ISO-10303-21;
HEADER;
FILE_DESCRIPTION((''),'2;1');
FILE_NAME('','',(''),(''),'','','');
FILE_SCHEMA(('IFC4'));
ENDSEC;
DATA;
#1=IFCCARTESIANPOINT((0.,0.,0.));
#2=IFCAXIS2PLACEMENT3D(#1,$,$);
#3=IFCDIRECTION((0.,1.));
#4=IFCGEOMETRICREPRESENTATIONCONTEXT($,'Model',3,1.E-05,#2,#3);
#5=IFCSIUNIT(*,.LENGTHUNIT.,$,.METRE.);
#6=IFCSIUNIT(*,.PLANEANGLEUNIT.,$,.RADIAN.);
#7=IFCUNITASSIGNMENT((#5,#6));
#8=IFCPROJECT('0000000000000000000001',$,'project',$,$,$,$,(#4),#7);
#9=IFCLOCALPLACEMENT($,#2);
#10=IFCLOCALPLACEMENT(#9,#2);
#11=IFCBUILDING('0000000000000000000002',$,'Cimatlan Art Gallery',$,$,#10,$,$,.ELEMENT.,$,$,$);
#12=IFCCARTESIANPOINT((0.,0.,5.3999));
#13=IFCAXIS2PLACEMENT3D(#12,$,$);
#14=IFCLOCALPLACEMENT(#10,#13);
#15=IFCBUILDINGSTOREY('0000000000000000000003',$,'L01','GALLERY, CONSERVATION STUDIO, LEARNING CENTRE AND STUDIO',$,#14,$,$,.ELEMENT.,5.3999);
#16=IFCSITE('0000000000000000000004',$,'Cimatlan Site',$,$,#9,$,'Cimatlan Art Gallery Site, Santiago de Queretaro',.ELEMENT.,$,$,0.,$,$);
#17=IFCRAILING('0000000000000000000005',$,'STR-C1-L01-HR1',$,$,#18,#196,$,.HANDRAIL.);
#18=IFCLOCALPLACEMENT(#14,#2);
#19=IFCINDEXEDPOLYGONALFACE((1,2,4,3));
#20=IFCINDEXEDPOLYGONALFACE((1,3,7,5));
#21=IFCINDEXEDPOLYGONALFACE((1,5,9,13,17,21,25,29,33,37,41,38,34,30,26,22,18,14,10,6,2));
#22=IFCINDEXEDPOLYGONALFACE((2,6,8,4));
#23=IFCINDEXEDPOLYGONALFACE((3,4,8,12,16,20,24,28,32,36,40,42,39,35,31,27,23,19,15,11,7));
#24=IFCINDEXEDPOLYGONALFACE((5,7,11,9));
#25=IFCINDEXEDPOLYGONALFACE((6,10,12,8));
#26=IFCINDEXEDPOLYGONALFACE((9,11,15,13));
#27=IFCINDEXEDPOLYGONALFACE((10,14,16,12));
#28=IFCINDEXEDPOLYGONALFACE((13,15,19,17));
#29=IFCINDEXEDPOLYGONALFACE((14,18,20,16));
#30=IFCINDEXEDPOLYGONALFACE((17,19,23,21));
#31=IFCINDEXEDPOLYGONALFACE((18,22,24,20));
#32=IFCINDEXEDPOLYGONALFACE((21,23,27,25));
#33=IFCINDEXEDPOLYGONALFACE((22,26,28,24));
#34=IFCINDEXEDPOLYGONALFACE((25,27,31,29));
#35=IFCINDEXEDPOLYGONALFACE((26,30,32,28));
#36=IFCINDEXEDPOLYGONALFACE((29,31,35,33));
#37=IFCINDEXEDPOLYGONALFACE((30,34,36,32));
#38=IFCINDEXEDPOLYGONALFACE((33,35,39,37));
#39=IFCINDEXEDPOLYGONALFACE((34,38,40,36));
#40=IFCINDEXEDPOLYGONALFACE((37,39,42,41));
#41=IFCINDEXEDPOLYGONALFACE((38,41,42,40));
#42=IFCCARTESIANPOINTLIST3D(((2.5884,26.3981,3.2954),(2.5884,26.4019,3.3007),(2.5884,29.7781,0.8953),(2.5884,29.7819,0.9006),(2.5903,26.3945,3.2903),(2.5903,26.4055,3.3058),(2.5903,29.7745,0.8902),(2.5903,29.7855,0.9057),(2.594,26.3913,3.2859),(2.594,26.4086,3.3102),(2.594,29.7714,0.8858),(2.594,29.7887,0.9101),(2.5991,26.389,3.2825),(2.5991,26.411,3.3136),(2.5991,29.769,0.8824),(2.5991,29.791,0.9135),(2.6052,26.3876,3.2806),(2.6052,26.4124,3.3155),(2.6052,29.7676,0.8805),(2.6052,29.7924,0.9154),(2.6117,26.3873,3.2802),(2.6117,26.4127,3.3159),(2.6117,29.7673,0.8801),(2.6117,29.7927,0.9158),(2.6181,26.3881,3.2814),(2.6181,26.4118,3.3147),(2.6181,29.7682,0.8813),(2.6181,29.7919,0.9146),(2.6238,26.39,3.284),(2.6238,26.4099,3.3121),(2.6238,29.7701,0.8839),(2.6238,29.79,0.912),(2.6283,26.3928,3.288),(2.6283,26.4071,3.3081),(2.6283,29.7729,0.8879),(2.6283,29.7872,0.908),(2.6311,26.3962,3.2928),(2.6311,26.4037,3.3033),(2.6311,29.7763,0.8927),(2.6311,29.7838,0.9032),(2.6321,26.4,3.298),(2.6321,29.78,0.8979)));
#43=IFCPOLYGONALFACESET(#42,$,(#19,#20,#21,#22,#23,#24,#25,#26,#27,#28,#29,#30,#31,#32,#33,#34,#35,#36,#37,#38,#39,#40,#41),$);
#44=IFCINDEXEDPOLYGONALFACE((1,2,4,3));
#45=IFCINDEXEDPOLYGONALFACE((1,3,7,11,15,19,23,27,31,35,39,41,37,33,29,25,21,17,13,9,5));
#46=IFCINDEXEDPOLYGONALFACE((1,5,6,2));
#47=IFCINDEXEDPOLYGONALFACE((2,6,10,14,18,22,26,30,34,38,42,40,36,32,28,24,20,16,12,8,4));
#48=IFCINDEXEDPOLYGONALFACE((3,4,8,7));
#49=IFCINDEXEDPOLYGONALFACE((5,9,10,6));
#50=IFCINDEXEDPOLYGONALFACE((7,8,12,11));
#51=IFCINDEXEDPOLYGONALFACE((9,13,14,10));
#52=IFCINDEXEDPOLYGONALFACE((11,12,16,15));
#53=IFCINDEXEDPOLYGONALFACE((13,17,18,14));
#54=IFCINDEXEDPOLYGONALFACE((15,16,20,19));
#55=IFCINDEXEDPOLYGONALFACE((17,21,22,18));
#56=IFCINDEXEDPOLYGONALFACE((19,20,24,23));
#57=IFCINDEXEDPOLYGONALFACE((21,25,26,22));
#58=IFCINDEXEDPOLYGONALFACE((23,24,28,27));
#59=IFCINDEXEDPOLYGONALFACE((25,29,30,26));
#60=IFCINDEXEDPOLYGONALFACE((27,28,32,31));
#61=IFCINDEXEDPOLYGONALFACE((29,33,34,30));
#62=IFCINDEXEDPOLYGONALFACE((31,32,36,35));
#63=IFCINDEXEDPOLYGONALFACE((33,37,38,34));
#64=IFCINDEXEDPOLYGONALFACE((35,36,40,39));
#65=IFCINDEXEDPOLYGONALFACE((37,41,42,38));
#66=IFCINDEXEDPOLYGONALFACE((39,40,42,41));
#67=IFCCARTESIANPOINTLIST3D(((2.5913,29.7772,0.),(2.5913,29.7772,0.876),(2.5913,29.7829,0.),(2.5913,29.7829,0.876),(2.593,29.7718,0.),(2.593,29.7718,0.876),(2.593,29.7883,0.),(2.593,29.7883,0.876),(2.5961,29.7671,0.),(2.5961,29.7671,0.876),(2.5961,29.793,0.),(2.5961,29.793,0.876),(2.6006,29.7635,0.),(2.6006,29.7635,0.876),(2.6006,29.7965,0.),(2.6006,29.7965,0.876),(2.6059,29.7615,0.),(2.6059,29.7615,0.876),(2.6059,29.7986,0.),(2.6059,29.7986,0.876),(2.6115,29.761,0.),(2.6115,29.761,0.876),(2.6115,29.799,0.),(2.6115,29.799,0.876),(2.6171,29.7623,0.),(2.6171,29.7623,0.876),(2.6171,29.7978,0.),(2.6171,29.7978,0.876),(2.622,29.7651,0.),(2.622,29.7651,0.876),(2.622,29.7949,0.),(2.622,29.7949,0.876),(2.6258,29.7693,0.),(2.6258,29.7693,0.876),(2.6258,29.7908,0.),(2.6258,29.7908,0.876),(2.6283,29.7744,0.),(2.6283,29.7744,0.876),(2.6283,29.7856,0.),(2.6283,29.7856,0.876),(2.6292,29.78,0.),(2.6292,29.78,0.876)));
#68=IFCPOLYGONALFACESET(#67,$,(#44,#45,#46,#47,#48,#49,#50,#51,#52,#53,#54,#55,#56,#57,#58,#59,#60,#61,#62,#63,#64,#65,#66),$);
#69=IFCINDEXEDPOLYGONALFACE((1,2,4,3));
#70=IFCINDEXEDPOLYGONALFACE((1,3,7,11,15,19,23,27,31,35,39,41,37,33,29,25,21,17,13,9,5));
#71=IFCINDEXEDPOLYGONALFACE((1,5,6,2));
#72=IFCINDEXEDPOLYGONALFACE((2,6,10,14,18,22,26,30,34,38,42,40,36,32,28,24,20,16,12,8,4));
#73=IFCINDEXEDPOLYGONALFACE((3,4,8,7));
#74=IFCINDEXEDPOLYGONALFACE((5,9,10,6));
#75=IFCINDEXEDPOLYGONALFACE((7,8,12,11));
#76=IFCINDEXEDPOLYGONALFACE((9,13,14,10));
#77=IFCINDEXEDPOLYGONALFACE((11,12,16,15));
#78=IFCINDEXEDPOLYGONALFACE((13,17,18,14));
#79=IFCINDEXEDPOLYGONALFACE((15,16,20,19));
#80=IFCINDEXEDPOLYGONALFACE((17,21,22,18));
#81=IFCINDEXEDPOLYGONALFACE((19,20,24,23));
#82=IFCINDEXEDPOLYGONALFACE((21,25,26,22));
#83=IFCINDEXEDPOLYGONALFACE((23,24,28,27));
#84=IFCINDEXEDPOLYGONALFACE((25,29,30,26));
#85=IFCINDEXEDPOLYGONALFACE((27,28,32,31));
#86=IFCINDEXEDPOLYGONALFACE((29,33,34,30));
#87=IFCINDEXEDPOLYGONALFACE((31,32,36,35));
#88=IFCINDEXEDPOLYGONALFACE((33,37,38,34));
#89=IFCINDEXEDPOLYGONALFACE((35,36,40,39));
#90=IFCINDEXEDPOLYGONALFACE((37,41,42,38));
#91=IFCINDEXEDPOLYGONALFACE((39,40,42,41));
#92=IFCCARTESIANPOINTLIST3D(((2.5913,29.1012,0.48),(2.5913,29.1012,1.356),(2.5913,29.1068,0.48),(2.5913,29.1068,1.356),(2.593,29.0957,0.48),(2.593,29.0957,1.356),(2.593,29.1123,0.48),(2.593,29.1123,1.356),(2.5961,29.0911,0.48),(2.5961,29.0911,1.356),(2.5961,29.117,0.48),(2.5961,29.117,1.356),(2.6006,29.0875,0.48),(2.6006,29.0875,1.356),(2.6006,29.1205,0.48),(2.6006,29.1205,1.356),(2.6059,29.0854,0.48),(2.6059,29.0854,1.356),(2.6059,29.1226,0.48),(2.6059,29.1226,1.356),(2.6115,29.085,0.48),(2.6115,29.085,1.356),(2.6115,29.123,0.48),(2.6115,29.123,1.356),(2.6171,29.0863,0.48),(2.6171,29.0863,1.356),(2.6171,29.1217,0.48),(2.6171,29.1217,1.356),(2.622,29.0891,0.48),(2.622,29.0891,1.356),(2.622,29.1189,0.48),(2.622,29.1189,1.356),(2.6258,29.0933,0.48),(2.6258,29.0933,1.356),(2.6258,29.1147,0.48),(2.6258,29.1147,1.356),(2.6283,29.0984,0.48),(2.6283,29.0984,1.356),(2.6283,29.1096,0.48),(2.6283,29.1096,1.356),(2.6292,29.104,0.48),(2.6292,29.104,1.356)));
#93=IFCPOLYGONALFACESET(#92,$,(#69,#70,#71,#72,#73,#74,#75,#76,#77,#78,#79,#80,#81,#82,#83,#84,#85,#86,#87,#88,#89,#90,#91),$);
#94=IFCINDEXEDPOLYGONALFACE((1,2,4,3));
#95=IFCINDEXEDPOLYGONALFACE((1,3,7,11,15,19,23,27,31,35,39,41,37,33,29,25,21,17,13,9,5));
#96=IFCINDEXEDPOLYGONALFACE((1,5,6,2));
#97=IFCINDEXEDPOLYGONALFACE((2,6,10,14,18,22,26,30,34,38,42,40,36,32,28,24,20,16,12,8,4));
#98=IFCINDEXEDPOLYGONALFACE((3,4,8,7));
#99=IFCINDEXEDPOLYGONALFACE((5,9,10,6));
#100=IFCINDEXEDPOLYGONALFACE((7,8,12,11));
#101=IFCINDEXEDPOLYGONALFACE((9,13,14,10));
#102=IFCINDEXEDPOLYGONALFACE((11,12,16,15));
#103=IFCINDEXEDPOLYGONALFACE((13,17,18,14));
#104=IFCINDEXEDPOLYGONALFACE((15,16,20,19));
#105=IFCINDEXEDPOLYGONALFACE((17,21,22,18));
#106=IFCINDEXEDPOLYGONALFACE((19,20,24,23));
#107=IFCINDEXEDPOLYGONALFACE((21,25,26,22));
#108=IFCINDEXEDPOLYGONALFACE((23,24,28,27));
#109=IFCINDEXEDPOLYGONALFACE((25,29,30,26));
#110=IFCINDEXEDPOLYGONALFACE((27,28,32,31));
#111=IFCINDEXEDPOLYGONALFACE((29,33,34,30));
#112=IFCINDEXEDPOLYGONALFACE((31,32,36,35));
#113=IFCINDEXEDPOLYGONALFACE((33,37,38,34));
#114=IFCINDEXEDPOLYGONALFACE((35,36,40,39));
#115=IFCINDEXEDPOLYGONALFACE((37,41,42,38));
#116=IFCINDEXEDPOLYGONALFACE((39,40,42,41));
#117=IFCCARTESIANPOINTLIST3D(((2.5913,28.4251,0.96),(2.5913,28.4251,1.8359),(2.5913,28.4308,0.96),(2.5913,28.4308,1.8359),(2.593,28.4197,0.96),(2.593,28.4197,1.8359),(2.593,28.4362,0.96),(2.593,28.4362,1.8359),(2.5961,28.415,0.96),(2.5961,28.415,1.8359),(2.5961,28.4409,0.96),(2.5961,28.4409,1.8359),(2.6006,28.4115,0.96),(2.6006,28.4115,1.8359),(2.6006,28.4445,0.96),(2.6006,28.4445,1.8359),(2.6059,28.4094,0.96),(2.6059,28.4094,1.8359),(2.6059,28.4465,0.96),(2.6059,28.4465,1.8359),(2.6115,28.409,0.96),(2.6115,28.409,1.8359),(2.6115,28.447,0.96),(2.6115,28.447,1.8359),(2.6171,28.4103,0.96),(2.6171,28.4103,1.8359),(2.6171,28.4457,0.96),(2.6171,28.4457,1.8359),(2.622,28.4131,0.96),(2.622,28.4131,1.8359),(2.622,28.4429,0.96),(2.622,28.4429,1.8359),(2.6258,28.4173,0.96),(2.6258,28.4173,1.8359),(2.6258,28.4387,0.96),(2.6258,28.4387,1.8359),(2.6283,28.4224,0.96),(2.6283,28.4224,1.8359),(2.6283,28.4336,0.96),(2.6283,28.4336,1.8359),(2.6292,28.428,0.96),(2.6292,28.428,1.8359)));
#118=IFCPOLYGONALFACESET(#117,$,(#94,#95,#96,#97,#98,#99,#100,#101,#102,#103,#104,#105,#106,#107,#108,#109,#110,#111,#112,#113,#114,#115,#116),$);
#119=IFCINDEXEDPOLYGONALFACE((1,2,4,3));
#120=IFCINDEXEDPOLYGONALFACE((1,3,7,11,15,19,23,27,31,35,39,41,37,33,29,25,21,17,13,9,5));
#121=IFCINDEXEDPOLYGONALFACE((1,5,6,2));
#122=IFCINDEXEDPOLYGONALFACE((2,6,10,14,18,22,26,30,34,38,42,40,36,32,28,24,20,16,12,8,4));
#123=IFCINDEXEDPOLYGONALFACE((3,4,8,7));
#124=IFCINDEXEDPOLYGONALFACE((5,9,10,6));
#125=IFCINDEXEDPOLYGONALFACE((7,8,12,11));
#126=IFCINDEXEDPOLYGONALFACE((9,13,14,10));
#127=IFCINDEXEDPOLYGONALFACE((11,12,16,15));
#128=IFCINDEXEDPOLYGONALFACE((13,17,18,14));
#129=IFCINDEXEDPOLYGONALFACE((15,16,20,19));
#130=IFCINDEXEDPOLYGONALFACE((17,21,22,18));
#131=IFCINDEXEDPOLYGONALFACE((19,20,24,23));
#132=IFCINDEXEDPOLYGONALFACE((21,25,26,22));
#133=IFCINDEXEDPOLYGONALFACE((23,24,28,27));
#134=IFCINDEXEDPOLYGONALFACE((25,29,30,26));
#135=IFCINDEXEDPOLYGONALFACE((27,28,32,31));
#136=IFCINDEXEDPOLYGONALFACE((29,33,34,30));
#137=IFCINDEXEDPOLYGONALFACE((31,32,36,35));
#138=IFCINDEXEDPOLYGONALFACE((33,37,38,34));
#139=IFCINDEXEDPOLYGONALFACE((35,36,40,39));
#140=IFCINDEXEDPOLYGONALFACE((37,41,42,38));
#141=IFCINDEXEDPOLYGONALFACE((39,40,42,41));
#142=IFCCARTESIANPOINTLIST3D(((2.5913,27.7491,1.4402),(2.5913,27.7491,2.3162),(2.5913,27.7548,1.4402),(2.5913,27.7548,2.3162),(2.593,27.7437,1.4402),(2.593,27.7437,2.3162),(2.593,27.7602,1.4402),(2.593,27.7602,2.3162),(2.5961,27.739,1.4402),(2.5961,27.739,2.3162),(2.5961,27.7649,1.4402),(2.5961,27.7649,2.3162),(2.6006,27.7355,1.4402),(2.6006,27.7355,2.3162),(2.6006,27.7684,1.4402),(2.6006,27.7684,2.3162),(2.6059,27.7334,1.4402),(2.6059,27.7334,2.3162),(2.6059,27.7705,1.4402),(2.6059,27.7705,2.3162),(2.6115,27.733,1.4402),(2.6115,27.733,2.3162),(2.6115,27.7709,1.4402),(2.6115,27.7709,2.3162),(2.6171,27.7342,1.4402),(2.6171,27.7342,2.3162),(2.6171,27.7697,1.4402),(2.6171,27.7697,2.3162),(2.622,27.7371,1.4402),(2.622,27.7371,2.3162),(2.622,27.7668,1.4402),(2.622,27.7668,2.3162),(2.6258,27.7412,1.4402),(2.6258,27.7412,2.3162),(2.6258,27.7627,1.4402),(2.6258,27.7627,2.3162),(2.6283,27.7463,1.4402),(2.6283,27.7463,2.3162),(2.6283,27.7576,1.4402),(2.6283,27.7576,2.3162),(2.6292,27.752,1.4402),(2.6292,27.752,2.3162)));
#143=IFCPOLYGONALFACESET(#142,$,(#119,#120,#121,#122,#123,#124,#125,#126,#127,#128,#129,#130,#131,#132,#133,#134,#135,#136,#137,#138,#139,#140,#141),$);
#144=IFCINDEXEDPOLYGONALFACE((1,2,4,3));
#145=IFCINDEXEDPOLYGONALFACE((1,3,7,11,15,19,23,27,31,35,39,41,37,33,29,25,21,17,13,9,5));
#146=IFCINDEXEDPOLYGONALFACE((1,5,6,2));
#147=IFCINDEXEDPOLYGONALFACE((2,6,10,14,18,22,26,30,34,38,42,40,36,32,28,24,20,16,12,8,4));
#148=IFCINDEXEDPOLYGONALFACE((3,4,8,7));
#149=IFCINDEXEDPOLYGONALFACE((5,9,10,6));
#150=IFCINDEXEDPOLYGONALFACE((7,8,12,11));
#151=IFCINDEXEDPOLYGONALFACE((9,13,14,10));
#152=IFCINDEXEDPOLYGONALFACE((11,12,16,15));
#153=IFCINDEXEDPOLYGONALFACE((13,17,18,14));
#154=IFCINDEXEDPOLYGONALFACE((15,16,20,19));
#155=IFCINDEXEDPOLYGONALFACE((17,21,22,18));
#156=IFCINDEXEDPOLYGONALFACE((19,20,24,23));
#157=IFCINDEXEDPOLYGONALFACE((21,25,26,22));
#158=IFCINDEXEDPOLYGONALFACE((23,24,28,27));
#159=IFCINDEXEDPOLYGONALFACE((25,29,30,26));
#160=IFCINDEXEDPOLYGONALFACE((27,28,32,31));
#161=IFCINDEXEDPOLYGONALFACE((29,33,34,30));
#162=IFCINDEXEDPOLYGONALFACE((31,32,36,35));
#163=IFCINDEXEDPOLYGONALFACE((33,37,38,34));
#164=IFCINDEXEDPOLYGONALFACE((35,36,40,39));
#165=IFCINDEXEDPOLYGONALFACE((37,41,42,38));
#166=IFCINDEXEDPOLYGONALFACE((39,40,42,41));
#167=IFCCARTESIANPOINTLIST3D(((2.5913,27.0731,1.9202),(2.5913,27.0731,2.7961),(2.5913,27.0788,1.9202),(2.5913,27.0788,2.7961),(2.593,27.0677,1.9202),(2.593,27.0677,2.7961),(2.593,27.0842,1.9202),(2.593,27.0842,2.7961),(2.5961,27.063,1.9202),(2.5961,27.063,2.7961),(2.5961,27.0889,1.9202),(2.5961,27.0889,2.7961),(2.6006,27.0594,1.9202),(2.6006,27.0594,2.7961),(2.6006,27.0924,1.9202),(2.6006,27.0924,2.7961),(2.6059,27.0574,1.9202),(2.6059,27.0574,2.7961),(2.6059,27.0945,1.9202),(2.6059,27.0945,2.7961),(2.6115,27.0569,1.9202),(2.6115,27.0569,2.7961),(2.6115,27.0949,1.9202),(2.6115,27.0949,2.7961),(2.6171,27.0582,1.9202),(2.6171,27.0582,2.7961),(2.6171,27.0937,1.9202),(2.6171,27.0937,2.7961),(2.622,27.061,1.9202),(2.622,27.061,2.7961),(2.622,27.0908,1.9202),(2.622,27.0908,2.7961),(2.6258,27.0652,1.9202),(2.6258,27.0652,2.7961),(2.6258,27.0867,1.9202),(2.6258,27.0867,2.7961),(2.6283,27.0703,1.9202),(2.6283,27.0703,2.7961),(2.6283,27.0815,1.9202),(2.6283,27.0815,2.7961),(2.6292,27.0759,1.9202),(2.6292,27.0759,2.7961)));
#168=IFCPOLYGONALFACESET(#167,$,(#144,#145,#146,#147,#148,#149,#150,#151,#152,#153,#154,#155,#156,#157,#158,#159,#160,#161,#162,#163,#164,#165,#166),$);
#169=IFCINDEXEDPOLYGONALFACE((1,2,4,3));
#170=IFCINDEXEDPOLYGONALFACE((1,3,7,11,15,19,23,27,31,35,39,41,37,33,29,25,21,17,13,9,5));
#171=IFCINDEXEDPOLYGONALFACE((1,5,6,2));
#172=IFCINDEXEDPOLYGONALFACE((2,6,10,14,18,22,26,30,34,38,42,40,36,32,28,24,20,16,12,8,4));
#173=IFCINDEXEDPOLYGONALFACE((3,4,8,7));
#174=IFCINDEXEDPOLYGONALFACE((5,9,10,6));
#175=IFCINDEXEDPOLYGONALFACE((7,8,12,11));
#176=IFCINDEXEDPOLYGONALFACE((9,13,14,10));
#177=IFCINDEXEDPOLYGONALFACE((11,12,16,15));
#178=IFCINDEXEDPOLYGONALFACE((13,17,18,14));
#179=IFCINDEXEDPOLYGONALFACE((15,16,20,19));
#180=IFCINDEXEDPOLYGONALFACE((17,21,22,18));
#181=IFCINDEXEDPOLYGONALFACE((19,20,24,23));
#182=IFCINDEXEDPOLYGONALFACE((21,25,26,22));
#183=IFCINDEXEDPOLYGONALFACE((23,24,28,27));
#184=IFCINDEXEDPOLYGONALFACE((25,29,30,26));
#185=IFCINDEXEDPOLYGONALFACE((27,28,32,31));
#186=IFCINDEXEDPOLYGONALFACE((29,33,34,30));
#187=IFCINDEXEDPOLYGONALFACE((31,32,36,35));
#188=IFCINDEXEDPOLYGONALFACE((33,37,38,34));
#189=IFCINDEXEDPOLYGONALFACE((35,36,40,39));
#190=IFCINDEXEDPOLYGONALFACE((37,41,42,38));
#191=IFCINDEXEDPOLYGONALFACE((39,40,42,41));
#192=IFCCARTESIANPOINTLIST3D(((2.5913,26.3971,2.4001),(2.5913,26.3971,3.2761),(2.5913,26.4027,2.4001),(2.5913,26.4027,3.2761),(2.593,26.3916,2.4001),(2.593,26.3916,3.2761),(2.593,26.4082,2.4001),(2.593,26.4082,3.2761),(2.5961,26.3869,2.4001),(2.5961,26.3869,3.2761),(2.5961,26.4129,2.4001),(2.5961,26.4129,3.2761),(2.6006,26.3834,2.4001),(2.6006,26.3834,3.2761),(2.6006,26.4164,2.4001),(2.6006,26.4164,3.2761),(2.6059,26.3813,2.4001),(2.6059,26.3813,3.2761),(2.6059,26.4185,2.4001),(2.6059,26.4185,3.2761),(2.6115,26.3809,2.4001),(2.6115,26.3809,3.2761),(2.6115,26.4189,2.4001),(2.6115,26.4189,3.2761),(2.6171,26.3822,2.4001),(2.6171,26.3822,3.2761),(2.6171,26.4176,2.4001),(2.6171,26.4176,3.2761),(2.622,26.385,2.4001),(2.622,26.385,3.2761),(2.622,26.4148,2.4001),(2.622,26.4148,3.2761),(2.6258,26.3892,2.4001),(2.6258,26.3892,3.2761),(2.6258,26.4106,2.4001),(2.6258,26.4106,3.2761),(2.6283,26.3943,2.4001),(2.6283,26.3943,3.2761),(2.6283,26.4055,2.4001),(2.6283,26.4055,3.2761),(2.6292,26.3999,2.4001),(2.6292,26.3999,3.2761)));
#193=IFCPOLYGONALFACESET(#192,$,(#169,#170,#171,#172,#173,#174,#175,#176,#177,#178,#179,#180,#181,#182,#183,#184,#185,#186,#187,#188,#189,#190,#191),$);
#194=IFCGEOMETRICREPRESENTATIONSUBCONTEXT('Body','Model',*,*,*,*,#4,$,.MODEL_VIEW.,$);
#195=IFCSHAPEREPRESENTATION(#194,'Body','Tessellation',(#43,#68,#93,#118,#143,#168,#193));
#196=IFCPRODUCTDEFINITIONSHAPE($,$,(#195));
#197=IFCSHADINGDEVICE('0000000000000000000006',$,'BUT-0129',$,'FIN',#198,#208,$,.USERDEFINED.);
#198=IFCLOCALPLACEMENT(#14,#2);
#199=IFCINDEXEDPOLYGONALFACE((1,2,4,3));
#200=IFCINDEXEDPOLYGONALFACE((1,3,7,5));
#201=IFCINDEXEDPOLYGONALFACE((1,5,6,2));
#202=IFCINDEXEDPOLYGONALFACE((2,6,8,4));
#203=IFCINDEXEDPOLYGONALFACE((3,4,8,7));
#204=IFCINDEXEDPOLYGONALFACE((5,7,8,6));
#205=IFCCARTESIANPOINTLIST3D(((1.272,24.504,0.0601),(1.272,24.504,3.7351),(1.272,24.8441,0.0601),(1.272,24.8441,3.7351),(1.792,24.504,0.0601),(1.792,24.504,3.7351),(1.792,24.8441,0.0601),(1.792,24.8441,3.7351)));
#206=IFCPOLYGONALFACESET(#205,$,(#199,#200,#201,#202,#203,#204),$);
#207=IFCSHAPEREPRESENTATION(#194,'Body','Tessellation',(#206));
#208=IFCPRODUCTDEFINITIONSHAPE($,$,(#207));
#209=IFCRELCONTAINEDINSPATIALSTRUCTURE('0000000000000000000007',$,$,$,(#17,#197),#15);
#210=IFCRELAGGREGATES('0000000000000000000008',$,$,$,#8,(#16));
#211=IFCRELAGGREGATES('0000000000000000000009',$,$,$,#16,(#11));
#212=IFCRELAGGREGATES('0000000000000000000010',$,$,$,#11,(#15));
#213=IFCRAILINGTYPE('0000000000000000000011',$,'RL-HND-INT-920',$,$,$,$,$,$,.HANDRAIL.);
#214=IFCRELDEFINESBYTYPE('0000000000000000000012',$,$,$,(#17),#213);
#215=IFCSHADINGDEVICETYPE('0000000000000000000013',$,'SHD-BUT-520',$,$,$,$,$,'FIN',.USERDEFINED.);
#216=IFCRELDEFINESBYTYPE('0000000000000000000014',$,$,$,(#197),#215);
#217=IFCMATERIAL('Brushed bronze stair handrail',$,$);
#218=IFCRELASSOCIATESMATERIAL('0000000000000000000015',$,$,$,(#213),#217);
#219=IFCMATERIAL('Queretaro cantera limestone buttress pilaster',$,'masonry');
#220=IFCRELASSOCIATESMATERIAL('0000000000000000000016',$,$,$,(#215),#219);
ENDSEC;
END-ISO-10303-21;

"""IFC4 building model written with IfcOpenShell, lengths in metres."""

from ifc_helpers import new_model, si_unit, direction, frame, origin, origin_2d, place, context, subcontext, project, spatial, rectangle, circle, extrude, material, type_object, element, save


model = new_model("IFC4")

# Units and contexts
model_context = context("Model", 3, precision=1e-05, world=origin(), true_north=direction((0.0, 1.0)))
body_context = subcontext(model_context, "Body", "Model", "MODEL_VIEW")
ifc_project = project(units=[si_unit("LENGTHUNIT", "METRE"), si_unit("PLANEANGLEUNIT", "RADIAN")], contexts=[model_context])

# Site, building, storey
site_placement = place(None, origin())
site = spatial("IfcSite", under=ifc_project, at=site_placement, Name="Cimatlan Site", LongName="Cimatlan Art Gallery Site, Santiago de Queretaro", CompositionType="ELEMENT", RefElevation=0.0)
building_placement = place(site_placement, origin())
building = spatial("IfcBuilding", under=site, at=building_placement, Name="Cimatlan Art Gallery", CompositionType="ELEMENT")
storey_placement = place(building_placement, frame((0.0, 0.0, 5.3999)))
storey = spatial("IfcBuildingStorey", under=building, at=storey_placement, Name="L01", Description="GALLERY, CONSERVATION STUDIO, LEARNING CENTRE AND STUDIO", CompositionType="ELEMENT", Elevation=5.3999)

# Railing
ifc_material_1 = material(Name="Brushed bronze stair handrail")
railing_type_1 = type_object("IfcRailingType", Name="RL-HND-INT-920", PredefinedType="HANDRAIL", material=ifc_material_1)
railing_1_placement = place(storey_placement, frame((2.6101, 29.78, 0.0)))
element("IfcRailing", 1, at=railing_1_placement, inside=storey, type_object=railing_type_1, Name="STR-C1-L01-HR1", PredefinedType="HANDRAIL", context=body_context, shape_type="SweptSolid", body=[
    extrude(circle(Radius=0.022, at=origin_2d()), frame((0.0, 0.0, 0.8979), z_axis=(0.0, -0.815354, 0.578963), x_axis=(1.0, 0.0, 0.0)), (0.0, 0.0, 1.0), 4.1455),
    extrude(circle(Radius=0.019, at=origin_2d()), origin(), (0.0, 0.0, 1.0), 0.876),
    extrude(circle(Radius=0.019, at=origin_2d()), frame((0.0, -0.676, 0.48)), (0.0, 0.0, 1.0), 0.876),
    extrude(circle(Radius=0.019, at=origin_2d()), frame((0.0, -1.3521, 0.96)), (0.0, 0.0, 1.0), 0.876),
    extrude(circle(Radius=0.019, at=origin_2d()), frame((0.0, -2.0281, 1.4402)), (0.0, 0.0, 1.0), 0.876),
    extrude(circle(Radius=0.019, at=origin_2d()), frame((0.0, -2.7041, 1.9202)), (0.0, 0.0, 1.0), 0.876),
    extrude(circle(Radius=0.019, at=origin_2d()), frame((0.0, -3.3801, 2.4001)), (0.0, 0.0, 1.0), 0.876),
])

# Shading device
ifc_material_2 = material(Name="Queretaro cantera limestone buttress pilaster", Category="masonry")
shading_device_type_1 = type_object("IfcShadingDeviceType", Name="SHD-BUT-520", ElementType="FIN", PredefinedType="USERDEFINED", material=ifc_material_2)
for number, where, z_axis, x_axis, name in (
    (2, (1.532, 24.6741, 0.0601), (0.0, 0.0, 1.0), (0.0, 1.0, 0.0), "BUT-0129"),
):
    element("IfcShadingDevice", number, at=place(storey_placement, frame(where, z_axis=z_axis, x_axis=x_axis)), inside=storey, type_object=shading_device_type_1, Name=name, ObjectType="FIN", PredefinedType="USERDEFINED", context=body_context, shape_type="SweptSolid", body=[
        extrude(rectangle(XDim=0.3401, YDim=0.52, at=origin_2d()), origin(), (0.0, 0.0, 1.0), 3.675),
    ])

save(model, "model.ifc")
